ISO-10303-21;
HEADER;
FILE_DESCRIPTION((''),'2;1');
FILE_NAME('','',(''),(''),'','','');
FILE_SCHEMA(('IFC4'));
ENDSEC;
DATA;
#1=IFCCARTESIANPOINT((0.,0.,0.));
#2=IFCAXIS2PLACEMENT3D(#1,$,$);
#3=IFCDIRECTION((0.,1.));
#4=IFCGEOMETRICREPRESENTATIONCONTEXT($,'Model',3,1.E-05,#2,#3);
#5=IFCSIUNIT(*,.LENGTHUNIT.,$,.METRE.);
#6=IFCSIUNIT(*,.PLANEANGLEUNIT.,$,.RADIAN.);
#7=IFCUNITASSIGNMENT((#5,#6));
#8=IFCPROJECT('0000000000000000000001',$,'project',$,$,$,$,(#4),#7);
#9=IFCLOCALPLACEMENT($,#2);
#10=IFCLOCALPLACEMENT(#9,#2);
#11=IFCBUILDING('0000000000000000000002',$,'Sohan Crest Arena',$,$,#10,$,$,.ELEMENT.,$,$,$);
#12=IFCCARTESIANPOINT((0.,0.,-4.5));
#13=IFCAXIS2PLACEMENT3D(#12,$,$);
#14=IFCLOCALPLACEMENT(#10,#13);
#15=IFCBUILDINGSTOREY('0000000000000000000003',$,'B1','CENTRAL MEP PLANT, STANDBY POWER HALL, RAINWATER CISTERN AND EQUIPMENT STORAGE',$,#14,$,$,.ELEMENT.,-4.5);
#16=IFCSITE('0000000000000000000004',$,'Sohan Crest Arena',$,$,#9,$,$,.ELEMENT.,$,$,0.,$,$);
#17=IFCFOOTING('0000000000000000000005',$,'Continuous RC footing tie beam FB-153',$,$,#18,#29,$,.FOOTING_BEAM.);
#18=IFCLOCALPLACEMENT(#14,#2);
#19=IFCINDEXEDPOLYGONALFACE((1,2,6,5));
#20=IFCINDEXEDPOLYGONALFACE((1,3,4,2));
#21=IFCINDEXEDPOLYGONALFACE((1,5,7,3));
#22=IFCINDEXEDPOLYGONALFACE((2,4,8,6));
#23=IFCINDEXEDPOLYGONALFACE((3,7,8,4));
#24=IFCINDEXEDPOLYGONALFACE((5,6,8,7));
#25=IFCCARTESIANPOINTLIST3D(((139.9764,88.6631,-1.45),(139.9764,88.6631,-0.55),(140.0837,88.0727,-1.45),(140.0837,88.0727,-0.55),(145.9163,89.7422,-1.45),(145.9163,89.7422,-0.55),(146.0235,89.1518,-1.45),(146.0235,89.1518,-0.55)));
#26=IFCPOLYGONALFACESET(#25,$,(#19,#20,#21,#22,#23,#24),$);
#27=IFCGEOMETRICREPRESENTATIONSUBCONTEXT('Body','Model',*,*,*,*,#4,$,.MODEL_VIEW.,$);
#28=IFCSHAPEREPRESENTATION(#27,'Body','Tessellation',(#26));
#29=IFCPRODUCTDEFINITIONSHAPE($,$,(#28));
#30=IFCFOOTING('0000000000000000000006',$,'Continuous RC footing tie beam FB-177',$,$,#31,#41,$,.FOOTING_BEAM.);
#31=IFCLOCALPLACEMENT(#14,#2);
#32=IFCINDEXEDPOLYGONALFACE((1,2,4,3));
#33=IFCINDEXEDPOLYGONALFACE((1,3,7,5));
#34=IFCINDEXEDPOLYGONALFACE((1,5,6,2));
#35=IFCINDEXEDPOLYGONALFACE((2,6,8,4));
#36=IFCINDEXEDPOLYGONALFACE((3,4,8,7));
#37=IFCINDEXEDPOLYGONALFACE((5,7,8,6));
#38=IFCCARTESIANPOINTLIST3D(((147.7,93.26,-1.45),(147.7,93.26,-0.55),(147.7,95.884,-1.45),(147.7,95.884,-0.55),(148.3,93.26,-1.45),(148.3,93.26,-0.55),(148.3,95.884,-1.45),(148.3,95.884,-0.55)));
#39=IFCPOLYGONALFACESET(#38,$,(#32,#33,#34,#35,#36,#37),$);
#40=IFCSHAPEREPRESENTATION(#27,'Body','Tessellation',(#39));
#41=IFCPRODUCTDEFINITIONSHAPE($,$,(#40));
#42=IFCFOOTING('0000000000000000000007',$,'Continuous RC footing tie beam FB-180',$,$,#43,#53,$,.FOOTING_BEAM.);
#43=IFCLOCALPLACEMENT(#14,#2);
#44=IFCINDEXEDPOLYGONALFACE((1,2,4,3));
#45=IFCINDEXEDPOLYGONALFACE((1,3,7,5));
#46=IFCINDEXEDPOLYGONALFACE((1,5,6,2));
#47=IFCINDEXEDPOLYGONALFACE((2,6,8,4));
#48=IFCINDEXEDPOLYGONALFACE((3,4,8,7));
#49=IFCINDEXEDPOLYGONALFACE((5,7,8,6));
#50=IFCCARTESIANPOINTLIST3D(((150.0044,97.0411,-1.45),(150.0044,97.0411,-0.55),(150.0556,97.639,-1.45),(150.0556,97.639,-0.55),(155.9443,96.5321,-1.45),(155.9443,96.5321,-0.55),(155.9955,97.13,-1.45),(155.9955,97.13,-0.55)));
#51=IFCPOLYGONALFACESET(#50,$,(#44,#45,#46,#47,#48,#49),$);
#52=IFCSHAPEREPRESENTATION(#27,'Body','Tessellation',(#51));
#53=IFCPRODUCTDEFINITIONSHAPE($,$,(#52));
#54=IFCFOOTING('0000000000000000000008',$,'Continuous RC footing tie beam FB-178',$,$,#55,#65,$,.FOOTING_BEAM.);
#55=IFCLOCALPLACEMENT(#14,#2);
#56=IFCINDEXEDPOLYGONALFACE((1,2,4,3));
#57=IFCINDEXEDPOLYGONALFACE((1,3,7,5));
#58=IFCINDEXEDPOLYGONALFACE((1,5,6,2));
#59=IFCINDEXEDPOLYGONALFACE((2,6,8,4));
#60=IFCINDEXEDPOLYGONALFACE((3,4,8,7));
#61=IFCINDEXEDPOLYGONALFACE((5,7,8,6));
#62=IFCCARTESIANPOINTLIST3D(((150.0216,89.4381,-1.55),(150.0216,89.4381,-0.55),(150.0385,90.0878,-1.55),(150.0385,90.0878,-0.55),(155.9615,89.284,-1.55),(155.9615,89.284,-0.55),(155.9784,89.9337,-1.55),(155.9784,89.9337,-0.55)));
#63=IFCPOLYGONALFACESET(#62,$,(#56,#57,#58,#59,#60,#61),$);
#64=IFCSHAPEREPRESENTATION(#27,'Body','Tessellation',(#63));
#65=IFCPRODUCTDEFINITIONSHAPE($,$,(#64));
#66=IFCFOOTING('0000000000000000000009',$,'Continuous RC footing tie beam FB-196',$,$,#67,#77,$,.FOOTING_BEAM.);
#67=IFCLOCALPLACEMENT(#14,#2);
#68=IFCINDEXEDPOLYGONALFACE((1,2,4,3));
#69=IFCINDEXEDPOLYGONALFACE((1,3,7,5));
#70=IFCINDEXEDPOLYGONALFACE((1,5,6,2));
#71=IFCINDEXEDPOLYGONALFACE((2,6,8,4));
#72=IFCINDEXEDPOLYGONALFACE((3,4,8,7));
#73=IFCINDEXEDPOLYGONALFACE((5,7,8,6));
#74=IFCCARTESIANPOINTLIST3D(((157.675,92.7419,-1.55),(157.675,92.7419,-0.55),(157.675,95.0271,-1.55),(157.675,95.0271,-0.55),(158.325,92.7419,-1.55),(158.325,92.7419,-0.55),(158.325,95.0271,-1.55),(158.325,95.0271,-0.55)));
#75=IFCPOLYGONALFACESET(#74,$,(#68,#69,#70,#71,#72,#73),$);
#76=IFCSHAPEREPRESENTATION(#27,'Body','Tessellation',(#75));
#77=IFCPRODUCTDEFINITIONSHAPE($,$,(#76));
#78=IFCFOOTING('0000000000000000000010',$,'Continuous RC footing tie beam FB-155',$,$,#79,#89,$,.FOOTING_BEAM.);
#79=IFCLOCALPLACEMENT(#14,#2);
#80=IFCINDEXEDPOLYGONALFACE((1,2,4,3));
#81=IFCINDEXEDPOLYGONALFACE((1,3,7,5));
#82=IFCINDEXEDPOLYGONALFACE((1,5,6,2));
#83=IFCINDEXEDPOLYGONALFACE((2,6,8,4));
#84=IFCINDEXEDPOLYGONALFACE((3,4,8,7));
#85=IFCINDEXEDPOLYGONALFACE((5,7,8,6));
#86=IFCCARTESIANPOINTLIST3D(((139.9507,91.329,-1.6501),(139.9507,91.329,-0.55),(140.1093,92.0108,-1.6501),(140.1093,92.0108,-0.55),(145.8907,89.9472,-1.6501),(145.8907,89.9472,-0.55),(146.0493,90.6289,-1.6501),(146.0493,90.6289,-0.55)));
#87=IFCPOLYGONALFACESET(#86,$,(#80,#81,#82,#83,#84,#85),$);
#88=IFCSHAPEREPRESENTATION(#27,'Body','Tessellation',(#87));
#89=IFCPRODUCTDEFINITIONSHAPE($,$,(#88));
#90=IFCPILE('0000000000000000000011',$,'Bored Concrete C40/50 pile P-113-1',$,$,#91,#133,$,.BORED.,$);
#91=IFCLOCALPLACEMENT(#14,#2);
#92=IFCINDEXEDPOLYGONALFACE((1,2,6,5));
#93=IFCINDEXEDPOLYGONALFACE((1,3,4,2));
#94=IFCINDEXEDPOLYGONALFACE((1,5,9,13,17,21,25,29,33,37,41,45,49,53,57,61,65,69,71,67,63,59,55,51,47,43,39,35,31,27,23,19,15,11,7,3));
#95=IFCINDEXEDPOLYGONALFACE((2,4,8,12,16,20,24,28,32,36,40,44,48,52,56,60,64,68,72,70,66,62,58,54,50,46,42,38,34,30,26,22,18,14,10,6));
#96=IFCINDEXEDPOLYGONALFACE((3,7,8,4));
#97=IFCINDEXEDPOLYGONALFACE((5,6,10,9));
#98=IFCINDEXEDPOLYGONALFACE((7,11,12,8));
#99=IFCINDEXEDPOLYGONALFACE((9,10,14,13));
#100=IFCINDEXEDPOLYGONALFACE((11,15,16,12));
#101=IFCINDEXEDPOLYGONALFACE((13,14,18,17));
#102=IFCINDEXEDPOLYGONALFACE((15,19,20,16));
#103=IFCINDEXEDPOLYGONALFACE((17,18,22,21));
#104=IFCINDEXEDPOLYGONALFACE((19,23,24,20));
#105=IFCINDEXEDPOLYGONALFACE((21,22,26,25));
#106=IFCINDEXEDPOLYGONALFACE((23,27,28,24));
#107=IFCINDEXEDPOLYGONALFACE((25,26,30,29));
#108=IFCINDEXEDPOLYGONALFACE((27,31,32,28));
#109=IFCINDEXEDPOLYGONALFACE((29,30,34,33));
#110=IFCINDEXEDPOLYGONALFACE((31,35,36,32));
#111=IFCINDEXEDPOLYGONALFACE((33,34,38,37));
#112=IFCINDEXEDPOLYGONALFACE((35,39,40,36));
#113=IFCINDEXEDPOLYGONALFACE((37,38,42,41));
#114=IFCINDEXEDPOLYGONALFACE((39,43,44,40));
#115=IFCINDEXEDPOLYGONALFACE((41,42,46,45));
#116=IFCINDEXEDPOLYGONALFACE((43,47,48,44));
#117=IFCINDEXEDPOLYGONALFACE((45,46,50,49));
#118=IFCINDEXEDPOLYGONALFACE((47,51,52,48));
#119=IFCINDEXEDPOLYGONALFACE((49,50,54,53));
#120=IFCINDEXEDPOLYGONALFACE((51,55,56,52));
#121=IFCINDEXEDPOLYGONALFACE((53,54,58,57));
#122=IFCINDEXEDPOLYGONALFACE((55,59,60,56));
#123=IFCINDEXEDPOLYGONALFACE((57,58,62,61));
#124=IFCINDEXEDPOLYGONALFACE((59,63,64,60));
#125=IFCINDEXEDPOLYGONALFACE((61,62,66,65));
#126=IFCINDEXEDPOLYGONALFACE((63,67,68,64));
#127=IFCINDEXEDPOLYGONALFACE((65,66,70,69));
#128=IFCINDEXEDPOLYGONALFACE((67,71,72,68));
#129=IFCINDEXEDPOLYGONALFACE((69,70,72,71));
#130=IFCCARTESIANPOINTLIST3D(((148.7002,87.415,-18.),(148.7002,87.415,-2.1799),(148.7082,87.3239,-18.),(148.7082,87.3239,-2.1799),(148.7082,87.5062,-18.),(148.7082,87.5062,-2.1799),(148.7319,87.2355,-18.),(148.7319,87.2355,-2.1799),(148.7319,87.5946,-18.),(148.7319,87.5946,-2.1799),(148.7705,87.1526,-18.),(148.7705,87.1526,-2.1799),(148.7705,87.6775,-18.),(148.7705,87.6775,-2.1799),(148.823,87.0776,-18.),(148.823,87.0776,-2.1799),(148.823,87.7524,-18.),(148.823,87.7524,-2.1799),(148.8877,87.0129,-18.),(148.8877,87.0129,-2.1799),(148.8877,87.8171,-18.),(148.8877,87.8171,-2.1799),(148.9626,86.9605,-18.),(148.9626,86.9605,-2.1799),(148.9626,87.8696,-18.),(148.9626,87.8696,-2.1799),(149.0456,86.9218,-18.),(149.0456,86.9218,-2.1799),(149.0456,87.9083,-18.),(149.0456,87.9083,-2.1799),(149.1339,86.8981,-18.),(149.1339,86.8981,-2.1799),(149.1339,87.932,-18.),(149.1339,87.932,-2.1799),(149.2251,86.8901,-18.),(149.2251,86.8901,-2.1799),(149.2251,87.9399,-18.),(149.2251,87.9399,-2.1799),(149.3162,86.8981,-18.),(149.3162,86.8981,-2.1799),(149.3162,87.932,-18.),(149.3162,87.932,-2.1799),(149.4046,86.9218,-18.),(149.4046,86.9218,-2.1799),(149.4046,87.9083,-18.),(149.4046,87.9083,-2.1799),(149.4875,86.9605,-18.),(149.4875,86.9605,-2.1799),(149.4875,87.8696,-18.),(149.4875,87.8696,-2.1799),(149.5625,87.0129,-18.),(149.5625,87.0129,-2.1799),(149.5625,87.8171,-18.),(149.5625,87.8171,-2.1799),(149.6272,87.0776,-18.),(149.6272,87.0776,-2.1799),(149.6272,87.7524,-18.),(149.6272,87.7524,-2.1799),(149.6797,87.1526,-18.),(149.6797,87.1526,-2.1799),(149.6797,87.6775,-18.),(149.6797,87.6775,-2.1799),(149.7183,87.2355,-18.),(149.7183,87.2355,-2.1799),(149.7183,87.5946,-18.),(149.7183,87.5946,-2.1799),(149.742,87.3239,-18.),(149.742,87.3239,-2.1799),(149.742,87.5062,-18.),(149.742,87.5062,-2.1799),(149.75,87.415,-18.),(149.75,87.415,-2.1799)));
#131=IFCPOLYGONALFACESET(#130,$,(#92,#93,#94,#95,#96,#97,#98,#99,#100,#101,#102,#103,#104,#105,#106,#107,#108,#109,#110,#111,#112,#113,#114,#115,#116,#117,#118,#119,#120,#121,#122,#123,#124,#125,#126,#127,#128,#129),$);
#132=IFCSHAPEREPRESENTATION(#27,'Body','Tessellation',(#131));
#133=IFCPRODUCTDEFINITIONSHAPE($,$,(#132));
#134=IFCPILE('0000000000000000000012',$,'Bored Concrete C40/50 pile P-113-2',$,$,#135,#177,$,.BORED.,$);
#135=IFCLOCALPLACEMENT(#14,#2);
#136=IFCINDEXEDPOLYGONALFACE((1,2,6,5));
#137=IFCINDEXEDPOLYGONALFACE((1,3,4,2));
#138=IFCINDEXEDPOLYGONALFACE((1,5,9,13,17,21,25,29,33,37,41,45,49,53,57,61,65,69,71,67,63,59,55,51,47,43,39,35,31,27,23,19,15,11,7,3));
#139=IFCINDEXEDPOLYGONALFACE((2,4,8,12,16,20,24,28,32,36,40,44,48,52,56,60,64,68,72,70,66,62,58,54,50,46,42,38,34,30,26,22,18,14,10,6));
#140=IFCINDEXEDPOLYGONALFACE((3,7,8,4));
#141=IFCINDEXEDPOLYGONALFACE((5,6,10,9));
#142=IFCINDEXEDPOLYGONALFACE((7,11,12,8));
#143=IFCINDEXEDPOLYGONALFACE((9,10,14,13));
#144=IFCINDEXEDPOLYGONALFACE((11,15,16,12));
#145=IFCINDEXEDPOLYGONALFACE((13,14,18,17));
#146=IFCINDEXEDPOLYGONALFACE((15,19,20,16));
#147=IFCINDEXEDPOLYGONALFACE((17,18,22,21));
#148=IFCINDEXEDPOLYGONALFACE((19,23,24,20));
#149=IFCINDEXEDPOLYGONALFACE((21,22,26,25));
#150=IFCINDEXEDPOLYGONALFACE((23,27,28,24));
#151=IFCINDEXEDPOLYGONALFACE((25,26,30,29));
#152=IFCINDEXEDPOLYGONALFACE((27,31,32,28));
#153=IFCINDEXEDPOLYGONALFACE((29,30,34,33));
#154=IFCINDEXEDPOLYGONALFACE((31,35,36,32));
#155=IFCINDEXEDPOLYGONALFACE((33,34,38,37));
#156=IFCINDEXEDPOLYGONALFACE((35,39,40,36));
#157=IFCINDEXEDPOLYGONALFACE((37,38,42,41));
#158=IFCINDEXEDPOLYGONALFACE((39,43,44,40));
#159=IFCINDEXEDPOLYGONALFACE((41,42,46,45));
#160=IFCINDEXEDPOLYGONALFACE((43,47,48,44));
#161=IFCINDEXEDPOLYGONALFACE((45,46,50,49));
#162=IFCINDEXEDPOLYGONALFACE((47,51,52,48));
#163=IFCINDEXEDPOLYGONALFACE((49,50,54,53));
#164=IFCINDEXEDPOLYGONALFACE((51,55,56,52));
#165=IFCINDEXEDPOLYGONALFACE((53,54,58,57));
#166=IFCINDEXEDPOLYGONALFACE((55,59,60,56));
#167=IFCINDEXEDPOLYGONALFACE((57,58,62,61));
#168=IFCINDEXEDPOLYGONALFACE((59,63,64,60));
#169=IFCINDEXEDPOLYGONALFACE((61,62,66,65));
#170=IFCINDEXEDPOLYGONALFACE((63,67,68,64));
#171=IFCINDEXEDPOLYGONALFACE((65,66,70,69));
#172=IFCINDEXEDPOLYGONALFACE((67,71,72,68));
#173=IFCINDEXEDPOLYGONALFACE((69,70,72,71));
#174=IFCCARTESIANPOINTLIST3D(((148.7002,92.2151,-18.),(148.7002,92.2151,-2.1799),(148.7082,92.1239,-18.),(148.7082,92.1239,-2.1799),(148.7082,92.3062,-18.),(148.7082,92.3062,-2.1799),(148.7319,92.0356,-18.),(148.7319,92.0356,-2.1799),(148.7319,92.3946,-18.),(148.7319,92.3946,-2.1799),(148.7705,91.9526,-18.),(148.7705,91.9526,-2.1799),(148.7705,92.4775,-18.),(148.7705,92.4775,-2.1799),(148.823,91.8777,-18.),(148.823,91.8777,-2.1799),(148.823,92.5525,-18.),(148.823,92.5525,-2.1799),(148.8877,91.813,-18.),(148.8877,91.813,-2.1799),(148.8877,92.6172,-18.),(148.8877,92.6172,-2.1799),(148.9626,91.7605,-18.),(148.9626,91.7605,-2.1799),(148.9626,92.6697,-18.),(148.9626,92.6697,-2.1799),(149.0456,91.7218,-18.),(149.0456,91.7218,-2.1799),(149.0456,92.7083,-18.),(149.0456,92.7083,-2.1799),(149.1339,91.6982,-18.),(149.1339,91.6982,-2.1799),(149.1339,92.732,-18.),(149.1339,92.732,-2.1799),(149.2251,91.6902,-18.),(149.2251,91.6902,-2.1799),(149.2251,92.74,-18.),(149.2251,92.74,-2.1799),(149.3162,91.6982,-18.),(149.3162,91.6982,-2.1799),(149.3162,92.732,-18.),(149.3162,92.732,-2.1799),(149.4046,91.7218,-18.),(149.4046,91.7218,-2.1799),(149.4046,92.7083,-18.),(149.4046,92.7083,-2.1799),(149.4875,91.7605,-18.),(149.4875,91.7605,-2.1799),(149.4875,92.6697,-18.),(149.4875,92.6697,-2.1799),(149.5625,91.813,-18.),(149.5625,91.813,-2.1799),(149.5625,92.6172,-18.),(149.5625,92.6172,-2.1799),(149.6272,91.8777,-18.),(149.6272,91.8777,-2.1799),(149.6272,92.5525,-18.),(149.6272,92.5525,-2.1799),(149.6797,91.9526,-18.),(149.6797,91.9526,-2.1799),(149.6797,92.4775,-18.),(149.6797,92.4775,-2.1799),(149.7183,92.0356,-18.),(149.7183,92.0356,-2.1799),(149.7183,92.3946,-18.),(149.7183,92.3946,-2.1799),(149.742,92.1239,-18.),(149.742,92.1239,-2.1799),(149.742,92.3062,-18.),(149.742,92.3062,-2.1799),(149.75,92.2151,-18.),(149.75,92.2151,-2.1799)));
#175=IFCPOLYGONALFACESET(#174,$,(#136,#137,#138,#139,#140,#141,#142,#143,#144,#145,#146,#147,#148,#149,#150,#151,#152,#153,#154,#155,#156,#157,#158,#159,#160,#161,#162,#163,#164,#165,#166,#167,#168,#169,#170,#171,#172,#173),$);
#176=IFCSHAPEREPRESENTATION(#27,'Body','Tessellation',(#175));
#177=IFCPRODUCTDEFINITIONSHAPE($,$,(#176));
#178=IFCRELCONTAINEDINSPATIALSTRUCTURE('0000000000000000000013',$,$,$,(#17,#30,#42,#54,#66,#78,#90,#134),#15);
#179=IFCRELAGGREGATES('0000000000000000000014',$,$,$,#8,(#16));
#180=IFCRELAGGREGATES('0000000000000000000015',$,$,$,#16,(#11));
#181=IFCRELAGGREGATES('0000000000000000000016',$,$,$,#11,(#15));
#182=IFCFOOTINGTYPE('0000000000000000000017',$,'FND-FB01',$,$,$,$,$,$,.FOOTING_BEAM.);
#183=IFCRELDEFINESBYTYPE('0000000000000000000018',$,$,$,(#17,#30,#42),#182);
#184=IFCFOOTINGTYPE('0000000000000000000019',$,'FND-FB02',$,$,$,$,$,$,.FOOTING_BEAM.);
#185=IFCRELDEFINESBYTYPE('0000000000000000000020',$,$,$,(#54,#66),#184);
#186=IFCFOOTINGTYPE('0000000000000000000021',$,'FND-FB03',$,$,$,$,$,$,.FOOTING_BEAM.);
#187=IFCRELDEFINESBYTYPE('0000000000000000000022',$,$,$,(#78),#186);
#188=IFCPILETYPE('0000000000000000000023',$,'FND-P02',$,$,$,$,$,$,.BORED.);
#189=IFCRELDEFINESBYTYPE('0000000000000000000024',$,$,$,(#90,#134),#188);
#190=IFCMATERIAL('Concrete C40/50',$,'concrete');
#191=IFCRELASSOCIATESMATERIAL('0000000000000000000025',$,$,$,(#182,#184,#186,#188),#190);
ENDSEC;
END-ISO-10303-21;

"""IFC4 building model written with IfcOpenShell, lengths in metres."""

from ifc_helpers import new_model, si_unit, direction, frame, origin, origin_2d, place, context, subcontext, project, spatial, rectangle, circle, extrude, material, material_profile, profile_set, type_object, element, save


model = new_model("IFC4")

# Units and contexts
model_context = context("Model", 3, precision=1e-05, world=origin(), true_north=direction((0.0, 1.0)))
body_context = subcontext(model_context, "Body", "Model", "MODEL_VIEW")
ifc_project = project(units=[si_unit("LENGTHUNIT", "METRE"), si_unit("PLANEANGLEUNIT", "RADIAN")], contexts=[model_context])

# Site, building, storey
site_placement = place(None, origin())
site = spatial("IfcSite", under=ifc_project, at=site_placement, Name="Sohan Crest Arena", CompositionType="ELEMENT", RefElevation=0.0)
building_placement = place(site_placement, origin())
building = spatial("IfcBuilding", under=site, at=building_placement, Name="Sohan Crest Arena", CompositionType="ELEMENT")
storey_placement = place(building_placement, frame((0.0, 0.0, -4.5)))
storey = spatial("IfcBuildingStorey", under=building, at=storey_placement, Name="B1", Description="CENTRAL MEP PLANT, STANDBY POWER HALL, RAINWATER CISTERN AND EQUIPMENT STORAGE", CompositionType="ELEMENT", Elevation=-4.5)

# Footings
ifc_material = material(Name="Concrete C40/50", Category="concrete")
ifc_material_profile_1 = material_profile(ifc_material, rectangle(XDim=0.6001, YDim=0.8999, at=origin_2d()), Name="RC-FB 600x900")
ifc_profile_set_1 = profile_set([ifc_material_profile_1], Name="Concrete C40/50")
footing_type_1 = type_object("IfcFootingType", Name="FND-FB01", PredefinedType="FOOTING_BEAM", material=ifc_profile_set_1)
footing_1_placement = place(storey_placement, frame((140.03, 88.3679, -1.0), z_axis=(0.983896, 0.178743, 0.0), x_axis=(-0.178743, 0.983896, 0.0)))
element("IfcFooting", 1, at=footing_1_placement, inside=storey, type_object=footing_type_1, Name="Continuous RC footing tie beam FB-153", PredefinedType="FOOTING_BEAM", context=body_context, shape_type="SweptSolid", body=[
    extrude(rectangle(XDim=0.6001, YDim=0.8999, at=origin_2d()), origin(), (0.0, 0.0, 1.0), 6.0371),
])
footing_2_placement = place(storey_placement, frame((148.0, 93.26, -1.0), z_axis=(0.0, 1.0, 0.0), x_axis=(-1.0, 0.0, 0.0)))
element("IfcFooting", 2, at=footing_2_placement, inside=storey, type_object=footing_type_1, Name="Continuous RC footing tie beam FB-177", PredefinedType="FOOTING_BEAM", context=body_context, shape_type="SweptSolid", body=[
    extrude(rectangle(XDim=0.6001, YDim=0.8999, at=origin_2d()), origin(), (0.0, 0.0, 1.0), 2.624),
])
footing_3_placement = place(storey_placement, frame((150.03, 97.3401, -1.0), z_axis=(0.996348, -0.085384, 0.0), x_axis=(0.085384, 0.996348, 0.0)))
element("IfcFooting", 3, at=footing_3_placement, inside=storey, type_object=footing_type_1, Name="Continuous RC footing tie beam FB-180", PredefinedType="FOOTING_BEAM", context=body_context, shape_type="SweptSolid", body=[
    extrude(rectangle(XDim=0.6001, YDim=0.8999, at=origin_2d()), origin(), (0.0, 0.0, 1.0), 5.9617),
])
ifc_material_profile_2 = material_profile(ifc_material, rectangle(XDim=0.6499, YDim=1.0, at=origin_2d()), Name="RC-FB 650x1000")
ifc_profile_set_2 = profile_set([ifc_material_profile_2], Name="Concrete C40/50")
footing_type_2 = type_object("IfcFootingType", Name="FND-FB02", PredefinedType="FOOTING_BEAM", material=ifc_profile_set_2)
footing_4_placement = place(storey_placement, frame((150.03, 89.7629, -1.05), z_axis=(0.999664, -0.025926, 0.0), x_axis=(0.025926, 0.999664, 0.0)))
element("IfcFooting", 4, at=footing_4_placement, inside=storey, type_object=footing_type_2, Name="Continuous RC footing tie beam FB-178", PredefinedType="FOOTING_BEAM", context=body_context, shape_type="SweptSolid", body=[
    extrude(rectangle(XDim=0.6499, YDim=1.0, at=origin_2d()), origin(), (0.0, 0.0, 1.0), 5.9419),
])
footing_5_placement = place(storey_placement, frame((158.0, 92.7419, -1.05), z_axis=(0.0, 1.0, 0.0), x_axis=(-1.0, 0.0, 0.0)))
element("IfcFooting", 5, at=footing_5_placement, inside=storey, type_object=footing_type_2, Name="Continuous RC footing tie beam FB-196", PredefinedType="FOOTING_BEAM", context=body_context, shape_type="SweptSolid", body=[
    extrude(rectangle(XDim=0.6499, YDim=1.0, at=origin_2d()), origin(), (0.0, 0.0, 1.0), 2.2852),
])
ifc_material_profile_3 = material_profile(ifc_material, rectangle(XDim=0.7, YDim=1.1001, at=origin_2d()), Name="RC-FB 700x1100")
ifc_profile_set_3 = profile_set([ifc_material_profile_3], Name="Concrete C40/50")
footing_type_3 = type_object("IfcFootingType", Name="FND-FB03", PredefinedType="FOOTING_BEAM", material=ifc_profile_set_3)
footing_6_placement = place(storey_placement, frame((140.03, 91.6699, -1.1001), z_axis=(0.973992, -0.226584, 0.0), x_axis=(0.226584, 0.973992, 0.0)))
element("IfcFooting", 6, at=footing_6_placement, inside=storey, type_object=footing_type_3, Name="Continuous RC footing tie beam FB-155", PredefinedType="FOOTING_BEAM", context=body_context, shape_type="SweptSolid", body=[
    extrude(rectangle(XDim=0.7, YDim=1.1001, at=origin_2d()), origin(), (0.0, 0.0, 1.0), 6.0986),
])

# Piles
ifc_material_profile_4 = material_profile(ifc_material, circle(Radius=0.5249, at=origin_2d()), Name="PILE D1050")
ifc_profile_set_4 = profile_set([ifc_material_profile_4], Name="Concrete C40/50")
pile_type_1 = type_object("IfcPileType", Name="FND-P02", PredefinedType="BORED", material=ifc_profile_set_4)
for number, where, z_axis, x_axis, name in (
    (7, (149.2251, 87.415, -18.0), (0.0, 0.0, 1.0), (1.0, 0.0, 0.0), "Bored Concrete C40/50 pile P-113-1"),
    (8, (149.2251, 92.2151, -18.0), (0.0, 0.0, 1.0), (1.0, 0.0, 0.0), "Bored Concrete C40/50 pile P-113-2"),
):
    element("IfcPile", number, at=place(storey_placement, frame(where, z_axis=z_axis, x_axis=x_axis)), inside=storey, type_object=pile_type_1, Name=name, PredefinedType="BORED", context=body_context, shape_type="SweptSolid", body=[
        extrude(circle(Radius=0.5249, at=origin_2d()), origin(), (0.0, 0.0, 1.0), 15.8201),
    ])

save(model, "model.ifc")
